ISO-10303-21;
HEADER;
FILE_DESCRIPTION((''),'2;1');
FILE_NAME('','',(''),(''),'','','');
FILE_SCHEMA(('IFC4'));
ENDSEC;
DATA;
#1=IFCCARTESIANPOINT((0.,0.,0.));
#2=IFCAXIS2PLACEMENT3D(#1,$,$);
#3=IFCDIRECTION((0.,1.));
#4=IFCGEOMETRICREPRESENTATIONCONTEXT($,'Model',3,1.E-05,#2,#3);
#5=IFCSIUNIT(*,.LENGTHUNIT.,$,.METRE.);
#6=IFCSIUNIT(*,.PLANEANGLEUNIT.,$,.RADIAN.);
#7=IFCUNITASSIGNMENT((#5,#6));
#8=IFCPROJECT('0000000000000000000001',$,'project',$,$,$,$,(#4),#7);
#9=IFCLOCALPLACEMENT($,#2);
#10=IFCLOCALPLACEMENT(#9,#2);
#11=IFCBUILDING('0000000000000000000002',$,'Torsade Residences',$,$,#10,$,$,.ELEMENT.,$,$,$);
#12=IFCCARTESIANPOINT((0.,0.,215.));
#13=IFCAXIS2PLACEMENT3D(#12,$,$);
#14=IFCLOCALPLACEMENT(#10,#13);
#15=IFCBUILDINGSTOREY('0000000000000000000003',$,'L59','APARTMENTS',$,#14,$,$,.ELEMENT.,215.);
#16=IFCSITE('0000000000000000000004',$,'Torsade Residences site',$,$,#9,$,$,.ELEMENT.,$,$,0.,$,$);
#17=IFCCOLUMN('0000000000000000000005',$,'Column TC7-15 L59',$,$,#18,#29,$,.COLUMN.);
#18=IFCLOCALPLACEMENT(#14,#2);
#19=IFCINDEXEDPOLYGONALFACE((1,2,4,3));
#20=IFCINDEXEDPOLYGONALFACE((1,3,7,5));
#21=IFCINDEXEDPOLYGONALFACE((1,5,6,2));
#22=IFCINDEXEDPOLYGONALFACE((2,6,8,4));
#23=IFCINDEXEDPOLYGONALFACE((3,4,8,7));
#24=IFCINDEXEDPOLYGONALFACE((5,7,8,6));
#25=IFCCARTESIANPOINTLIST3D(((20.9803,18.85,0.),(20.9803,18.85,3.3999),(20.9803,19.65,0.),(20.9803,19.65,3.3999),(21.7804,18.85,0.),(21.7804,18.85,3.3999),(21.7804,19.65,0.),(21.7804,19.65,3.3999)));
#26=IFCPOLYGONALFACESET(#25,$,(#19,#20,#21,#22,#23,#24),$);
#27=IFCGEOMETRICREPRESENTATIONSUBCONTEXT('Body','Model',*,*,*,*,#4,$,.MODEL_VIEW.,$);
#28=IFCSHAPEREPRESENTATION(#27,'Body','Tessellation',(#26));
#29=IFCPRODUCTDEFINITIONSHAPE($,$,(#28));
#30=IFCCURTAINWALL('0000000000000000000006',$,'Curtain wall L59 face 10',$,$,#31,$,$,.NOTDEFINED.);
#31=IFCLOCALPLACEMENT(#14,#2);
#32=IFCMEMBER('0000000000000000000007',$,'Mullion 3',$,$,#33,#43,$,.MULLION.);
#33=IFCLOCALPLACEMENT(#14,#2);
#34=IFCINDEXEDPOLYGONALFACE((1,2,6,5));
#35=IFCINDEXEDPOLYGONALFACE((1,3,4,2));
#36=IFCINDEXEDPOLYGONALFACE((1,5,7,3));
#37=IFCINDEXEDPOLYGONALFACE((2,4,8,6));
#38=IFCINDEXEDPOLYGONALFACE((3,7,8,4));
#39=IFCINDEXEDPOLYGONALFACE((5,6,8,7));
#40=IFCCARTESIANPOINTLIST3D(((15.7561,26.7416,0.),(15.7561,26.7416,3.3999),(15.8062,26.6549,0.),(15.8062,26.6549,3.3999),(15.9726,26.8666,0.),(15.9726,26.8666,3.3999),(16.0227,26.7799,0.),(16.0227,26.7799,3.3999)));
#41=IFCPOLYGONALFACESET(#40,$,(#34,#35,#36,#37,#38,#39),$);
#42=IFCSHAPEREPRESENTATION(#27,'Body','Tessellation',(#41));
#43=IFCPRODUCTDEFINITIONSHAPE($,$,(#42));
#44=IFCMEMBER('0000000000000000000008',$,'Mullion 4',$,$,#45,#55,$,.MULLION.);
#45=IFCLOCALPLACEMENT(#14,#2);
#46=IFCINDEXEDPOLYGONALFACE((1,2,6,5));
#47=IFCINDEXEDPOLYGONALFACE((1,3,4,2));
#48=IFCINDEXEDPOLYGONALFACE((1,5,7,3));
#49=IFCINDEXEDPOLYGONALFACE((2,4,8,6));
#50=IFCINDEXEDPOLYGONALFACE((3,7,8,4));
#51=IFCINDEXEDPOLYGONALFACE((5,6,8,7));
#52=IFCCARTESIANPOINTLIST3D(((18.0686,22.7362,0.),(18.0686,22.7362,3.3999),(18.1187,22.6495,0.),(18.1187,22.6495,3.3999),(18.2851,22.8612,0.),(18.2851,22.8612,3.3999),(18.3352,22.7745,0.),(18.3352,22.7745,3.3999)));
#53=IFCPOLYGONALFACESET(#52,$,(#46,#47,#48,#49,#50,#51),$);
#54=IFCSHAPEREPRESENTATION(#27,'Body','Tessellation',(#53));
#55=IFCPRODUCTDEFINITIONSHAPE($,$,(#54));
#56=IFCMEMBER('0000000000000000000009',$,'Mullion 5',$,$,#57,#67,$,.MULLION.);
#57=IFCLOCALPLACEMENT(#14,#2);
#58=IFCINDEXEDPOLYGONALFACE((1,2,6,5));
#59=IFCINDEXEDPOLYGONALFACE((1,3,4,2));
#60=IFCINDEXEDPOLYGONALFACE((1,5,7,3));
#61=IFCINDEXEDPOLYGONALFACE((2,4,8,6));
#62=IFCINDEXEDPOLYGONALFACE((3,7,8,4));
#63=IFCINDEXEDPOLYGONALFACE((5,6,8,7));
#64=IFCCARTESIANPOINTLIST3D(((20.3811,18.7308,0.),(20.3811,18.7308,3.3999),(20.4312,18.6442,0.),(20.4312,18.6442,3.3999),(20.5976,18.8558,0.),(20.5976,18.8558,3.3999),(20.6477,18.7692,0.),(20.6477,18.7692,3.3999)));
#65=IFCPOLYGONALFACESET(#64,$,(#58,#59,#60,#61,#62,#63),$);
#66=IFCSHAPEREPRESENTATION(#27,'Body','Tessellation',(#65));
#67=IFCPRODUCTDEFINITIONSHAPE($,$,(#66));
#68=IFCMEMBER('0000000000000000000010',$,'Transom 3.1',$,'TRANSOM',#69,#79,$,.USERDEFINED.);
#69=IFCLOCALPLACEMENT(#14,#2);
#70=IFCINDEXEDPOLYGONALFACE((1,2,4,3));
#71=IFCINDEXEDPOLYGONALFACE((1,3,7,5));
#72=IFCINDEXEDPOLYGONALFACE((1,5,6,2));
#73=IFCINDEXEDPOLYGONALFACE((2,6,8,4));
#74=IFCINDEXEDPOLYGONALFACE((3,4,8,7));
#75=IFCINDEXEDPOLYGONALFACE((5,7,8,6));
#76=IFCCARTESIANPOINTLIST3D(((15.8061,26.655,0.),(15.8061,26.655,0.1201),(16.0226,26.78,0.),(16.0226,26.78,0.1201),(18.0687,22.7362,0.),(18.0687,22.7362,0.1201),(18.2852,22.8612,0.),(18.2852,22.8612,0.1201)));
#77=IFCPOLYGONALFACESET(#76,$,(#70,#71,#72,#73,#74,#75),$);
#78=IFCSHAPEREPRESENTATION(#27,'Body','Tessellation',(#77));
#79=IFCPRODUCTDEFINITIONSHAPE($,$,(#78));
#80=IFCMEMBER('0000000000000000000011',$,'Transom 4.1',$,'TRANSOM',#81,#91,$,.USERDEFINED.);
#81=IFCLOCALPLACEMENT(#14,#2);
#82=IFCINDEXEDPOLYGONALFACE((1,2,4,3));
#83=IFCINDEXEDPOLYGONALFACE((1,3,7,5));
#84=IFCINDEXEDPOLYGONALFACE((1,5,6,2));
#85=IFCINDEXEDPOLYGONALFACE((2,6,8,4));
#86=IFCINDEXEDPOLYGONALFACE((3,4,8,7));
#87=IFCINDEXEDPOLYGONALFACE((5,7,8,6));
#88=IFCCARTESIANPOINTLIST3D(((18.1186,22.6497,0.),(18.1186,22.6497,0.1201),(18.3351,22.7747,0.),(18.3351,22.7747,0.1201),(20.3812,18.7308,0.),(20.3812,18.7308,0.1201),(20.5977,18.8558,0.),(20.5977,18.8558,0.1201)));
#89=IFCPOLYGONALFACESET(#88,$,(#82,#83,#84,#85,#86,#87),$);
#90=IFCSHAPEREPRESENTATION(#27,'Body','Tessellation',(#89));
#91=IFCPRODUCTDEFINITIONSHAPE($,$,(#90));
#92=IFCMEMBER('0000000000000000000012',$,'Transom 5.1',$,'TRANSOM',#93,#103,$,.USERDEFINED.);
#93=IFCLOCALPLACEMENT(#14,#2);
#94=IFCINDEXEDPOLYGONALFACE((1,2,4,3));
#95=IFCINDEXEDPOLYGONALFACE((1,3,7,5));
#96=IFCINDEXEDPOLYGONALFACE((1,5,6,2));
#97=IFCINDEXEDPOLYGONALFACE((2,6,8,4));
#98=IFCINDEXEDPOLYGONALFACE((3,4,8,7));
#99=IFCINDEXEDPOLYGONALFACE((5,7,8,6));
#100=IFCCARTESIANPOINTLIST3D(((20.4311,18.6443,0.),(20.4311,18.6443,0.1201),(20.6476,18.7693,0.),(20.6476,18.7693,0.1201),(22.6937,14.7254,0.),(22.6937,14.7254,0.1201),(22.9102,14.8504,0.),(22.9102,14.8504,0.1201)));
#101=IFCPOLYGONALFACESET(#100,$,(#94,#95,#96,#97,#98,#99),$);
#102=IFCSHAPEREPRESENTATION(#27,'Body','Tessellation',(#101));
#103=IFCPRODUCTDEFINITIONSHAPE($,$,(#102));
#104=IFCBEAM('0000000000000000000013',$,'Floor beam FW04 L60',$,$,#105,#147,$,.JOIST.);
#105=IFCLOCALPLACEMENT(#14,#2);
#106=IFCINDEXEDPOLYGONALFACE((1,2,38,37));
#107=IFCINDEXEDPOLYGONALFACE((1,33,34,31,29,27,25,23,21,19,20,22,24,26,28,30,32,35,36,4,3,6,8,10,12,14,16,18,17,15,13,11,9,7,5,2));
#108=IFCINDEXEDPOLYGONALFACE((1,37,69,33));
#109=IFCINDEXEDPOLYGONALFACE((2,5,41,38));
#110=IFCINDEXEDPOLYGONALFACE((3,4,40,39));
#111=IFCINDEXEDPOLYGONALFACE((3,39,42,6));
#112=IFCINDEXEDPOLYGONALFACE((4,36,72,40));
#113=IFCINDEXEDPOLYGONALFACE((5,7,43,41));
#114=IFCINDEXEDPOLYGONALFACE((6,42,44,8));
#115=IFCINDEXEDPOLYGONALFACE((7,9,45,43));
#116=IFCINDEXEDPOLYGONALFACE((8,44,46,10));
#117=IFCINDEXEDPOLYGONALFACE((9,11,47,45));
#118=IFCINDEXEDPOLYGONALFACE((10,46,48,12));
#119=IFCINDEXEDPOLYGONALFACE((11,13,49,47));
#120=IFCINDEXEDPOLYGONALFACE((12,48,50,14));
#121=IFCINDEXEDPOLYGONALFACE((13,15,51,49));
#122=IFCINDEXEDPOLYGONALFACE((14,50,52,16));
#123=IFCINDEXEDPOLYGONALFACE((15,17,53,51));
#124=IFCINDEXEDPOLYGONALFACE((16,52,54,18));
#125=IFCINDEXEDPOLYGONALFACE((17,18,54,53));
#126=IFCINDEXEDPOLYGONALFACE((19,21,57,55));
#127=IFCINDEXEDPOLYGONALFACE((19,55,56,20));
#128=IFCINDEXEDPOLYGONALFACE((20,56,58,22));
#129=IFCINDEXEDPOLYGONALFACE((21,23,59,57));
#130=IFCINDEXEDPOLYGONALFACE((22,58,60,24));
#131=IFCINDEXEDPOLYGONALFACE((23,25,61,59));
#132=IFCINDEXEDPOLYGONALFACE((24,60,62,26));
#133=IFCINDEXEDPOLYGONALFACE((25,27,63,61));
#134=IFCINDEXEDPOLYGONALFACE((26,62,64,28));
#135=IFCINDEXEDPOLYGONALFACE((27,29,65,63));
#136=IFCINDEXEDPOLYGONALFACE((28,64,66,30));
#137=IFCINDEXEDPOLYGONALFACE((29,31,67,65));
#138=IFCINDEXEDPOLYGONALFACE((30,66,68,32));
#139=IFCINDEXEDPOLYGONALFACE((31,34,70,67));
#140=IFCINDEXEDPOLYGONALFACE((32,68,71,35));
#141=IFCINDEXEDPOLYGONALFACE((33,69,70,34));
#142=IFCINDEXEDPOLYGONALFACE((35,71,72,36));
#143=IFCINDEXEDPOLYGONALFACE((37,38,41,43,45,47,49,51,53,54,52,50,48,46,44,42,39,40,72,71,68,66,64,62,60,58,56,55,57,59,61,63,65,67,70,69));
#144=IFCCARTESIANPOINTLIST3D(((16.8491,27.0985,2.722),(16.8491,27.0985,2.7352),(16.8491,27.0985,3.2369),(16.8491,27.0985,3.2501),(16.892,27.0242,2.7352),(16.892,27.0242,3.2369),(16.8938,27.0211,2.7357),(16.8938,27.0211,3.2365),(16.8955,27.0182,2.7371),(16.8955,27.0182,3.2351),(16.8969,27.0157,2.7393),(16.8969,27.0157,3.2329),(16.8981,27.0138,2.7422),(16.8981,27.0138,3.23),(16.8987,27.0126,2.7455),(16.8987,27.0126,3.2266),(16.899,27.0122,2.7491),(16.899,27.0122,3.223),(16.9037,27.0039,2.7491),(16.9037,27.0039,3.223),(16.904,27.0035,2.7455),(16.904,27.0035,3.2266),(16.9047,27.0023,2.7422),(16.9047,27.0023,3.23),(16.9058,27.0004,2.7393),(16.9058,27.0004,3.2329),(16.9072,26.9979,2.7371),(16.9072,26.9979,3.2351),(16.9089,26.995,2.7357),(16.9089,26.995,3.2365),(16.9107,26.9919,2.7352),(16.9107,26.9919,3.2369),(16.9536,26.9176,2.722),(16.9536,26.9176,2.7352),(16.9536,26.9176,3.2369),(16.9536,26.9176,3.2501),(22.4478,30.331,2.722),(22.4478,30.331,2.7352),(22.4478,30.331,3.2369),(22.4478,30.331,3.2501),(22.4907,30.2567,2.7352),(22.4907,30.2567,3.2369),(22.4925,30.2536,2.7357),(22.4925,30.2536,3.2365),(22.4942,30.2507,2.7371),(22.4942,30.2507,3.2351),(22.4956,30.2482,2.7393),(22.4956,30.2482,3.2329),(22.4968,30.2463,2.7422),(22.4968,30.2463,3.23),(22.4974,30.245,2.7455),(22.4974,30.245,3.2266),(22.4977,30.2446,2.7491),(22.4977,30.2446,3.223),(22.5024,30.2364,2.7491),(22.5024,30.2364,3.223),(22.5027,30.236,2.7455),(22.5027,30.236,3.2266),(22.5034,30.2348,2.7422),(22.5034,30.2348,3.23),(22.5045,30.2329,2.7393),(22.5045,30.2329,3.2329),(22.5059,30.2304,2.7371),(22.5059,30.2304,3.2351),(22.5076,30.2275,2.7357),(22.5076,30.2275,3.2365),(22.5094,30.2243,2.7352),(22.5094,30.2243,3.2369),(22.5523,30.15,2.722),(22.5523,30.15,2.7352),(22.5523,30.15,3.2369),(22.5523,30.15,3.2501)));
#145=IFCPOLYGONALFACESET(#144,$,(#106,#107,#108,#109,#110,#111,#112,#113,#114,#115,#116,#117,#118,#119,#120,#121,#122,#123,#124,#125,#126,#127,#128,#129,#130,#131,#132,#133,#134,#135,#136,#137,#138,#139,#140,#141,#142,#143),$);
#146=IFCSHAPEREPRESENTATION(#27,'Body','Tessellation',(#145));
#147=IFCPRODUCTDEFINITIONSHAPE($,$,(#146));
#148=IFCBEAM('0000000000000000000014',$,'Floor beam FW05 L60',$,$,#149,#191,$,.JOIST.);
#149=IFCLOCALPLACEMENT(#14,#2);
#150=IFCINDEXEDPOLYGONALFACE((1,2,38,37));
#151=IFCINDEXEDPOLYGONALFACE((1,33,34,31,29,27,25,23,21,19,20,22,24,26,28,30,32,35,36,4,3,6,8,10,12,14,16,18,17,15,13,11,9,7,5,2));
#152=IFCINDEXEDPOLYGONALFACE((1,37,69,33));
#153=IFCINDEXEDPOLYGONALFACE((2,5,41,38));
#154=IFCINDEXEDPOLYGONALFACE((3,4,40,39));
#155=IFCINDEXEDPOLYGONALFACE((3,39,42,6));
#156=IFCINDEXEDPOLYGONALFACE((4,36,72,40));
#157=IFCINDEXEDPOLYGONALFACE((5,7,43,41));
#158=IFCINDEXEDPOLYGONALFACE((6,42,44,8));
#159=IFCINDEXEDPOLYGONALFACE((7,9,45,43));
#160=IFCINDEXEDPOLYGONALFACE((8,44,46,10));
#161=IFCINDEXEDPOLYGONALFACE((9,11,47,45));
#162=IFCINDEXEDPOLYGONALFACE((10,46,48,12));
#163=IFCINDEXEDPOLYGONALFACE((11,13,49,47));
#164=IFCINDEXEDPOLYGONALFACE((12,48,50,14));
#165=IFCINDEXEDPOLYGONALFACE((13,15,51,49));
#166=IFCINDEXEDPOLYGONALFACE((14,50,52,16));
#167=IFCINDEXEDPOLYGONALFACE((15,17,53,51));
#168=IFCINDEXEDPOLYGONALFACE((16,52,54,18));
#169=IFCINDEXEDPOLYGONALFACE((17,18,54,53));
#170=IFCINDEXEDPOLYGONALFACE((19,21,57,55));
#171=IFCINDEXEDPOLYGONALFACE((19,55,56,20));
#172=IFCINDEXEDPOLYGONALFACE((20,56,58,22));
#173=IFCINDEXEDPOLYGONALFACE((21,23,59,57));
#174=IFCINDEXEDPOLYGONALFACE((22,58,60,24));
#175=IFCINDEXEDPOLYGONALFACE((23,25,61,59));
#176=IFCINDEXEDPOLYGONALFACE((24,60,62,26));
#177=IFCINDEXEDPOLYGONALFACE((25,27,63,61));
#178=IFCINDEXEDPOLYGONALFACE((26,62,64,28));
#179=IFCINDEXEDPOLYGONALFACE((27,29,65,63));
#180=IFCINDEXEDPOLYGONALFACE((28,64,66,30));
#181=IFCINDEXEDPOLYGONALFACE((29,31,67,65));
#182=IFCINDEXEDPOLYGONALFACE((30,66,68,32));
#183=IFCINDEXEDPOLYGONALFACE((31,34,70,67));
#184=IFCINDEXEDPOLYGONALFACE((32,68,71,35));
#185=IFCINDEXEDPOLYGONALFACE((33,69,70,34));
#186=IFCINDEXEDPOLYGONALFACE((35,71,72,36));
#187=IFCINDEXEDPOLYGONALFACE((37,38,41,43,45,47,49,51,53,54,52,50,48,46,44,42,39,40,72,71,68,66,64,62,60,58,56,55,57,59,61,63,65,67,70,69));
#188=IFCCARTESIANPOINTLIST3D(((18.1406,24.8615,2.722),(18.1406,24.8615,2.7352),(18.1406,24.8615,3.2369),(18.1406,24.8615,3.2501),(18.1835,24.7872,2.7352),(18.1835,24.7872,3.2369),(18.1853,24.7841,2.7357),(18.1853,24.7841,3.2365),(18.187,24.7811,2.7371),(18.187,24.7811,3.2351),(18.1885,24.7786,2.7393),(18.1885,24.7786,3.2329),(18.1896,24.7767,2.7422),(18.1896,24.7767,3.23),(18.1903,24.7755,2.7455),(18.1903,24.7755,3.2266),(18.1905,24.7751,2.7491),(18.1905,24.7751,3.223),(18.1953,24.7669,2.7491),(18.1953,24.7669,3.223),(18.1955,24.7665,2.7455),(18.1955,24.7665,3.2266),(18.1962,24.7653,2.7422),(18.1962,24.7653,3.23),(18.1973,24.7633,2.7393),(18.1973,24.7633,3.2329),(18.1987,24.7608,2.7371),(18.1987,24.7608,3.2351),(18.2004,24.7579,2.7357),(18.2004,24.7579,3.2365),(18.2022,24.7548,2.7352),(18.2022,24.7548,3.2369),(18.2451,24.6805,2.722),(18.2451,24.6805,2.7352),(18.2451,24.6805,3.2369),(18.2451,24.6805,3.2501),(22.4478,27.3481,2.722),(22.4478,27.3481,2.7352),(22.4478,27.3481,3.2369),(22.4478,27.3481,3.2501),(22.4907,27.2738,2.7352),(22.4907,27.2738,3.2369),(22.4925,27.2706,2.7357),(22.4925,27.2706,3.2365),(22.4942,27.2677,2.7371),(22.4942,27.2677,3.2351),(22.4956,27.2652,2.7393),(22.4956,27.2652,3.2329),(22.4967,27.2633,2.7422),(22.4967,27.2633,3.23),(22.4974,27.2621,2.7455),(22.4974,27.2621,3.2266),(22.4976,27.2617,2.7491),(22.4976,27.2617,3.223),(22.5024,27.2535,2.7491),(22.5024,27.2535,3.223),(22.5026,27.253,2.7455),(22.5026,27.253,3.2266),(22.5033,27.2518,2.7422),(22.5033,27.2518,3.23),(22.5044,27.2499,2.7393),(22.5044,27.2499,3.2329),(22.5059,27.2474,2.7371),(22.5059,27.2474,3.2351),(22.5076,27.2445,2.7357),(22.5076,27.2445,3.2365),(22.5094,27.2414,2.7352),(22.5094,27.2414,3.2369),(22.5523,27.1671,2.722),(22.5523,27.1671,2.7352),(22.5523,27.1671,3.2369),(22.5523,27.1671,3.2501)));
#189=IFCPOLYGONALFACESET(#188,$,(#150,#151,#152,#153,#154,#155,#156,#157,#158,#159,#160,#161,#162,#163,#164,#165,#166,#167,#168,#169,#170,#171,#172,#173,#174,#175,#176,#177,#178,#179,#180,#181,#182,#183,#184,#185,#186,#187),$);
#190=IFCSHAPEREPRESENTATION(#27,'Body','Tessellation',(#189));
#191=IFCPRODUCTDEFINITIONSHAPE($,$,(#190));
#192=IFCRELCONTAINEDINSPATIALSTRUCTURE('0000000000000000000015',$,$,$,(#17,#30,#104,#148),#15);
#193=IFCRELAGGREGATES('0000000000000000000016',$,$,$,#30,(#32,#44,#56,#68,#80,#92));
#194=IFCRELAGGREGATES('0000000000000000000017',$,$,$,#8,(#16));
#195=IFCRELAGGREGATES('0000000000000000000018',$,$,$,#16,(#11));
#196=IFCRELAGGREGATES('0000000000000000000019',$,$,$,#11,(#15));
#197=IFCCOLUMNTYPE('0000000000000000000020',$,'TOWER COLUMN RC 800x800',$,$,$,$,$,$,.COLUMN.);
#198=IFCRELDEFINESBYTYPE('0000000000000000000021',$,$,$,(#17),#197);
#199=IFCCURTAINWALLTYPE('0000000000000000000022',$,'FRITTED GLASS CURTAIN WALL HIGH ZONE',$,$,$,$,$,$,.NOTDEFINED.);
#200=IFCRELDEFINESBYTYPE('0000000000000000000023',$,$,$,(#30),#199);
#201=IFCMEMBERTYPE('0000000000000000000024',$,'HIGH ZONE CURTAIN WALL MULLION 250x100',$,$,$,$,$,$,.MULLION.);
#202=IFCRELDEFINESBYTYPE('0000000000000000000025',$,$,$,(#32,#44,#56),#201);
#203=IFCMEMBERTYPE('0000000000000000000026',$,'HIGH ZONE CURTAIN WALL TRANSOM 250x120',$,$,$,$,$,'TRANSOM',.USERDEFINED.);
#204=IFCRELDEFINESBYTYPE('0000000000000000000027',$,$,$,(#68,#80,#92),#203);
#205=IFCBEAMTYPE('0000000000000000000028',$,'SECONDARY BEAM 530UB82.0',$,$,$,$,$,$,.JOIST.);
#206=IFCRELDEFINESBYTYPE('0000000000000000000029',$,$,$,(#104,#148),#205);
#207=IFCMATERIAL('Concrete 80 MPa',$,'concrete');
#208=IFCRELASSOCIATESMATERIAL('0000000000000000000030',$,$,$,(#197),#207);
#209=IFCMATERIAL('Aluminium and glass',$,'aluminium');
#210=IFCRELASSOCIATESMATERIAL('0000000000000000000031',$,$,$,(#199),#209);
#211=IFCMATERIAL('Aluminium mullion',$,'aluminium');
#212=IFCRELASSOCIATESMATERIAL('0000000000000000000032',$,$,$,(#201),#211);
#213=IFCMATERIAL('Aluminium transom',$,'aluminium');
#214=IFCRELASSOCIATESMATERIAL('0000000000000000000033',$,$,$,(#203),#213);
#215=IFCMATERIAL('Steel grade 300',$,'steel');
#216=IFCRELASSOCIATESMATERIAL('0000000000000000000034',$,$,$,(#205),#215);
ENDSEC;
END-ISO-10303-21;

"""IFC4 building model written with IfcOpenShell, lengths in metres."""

from ifc_helpers import new_model, si_unit, direction, frame, origin, origin_2d, place, context, subcontext, project, spatial, rectangle, i_section, extrude, material, material_profile, profile_set, type_object, element, aggregate, save


model = new_model("IFC4")

# Units and contexts
model_context = context("Model", 3, precision=1e-05, world=origin(), true_north=direction((0.0, 1.0)))
body_context = subcontext(model_context, "Body", "Model", "MODEL_VIEW")
ifc_project = project(units=[si_unit("LENGTHUNIT", "METRE"), si_unit("PLANEANGLEUNIT", "RADIAN")], contexts=[model_context])

# Site, building, storey
site_placement = place(None, origin())
site = spatial("IfcSite", under=ifc_project, at=site_placement, Name="Torsade Residences site", CompositionType="ELEMENT", RefElevation=0.0)
building_placement = place(site_placement, origin())
building = spatial("IfcBuilding", under=site, at=building_placement, Name="Torsade Residences", CompositionType="ELEMENT")
storey_placement = place(building_placement, frame((0.0, 0.0, 215.0)))
storey = spatial("IfcBuildingStorey", under=building, at=storey_placement, Name="L59", Description="APARTMENTS", CompositionType="ELEMENT", Elevation=215.0)

# Column
ifc_material_1 = material(Name="Concrete 80 MPa", Category="concrete")
ifc_material_profile_1 = material_profile(ifc_material_1, rectangle(XDim=0.8, YDim=0.8, at=origin_2d()), Name="RC 800x800")
ifc_profile_set_1 = profile_set([ifc_material_profile_1], Name="Concrete 80 MPa")
column_type = type_object("IfcColumnType", Name="TOWER COLUMN RC 800x800", PredefinedType="COLUMN", material=ifc_profile_set_1)
column_placement = place(storey_placement, frame((21.3804, 19.25, 0.0), z_axis=(0.0, 0.0, 1.0), x_axis=(1.0, 0.0, 0.0)))
element("IfcColumn", 1, at=column_placement, inside=storey, type_object=column_type, Name="Column TC7-15 L59", PredefinedType="COLUMN", context=body_context, shape_type="SweptSolid", body=[
    extrude(rectangle(XDim=0.8, YDim=0.8, at=origin_2d()), origin(), (0.0, 0.0, 1.0), 3.3999),
])

# Curtain wall, members
ifc_material_2 = material(Name="Aluminium and glass", Category="aluminium")
curtain_wall_type = type_object("IfcCurtainWallType", Name="FRITTED GLASS CURTAIN WALL HIGH ZONE", PredefinedType="NOTDEFINED", material=ifc_material_2)
curtain_wall_placement = place(storey_placement, origin())
curtain_wall = element("IfcCurtainWall", 2, at=curtain_wall_placement, inside=storey, type_object=curtain_wall_type, Name="Curtain wall L59 face 10", PredefinedType="NOTDEFINED")
ifc_material_3 = material(Name="Aluminium mullion", Category="aluminium")
ifc_material_profile_2 = material_profile(ifc_material_3, rectangle(XDim=0.25, YDim=0.1001, at=origin_2d()), Name="HIGH ZONE CURTAIN WALL MULLION 250x100")
ifc_profile_set_2 = profile_set([ifc_material_profile_2], Name="Aluminium mullion")
member_type_1 = type_object("IfcMemberType", Name="HIGH ZONE CURTAIN WALL MULLION 250x100", PredefinedType="MULLION", material=ifc_profile_set_2)
member_1_placement = place(storey_placement, frame((15.8894, 26.7607, 0.0), z_axis=(0.0, 0.0, 1.0), x_axis=(0.866025, 0.5, 0.0)))
member_1 = element("IfcMember", 3, at=member_1_placement, type_object=member_type_1, Name="Mullion 3", PredefinedType="MULLION", context=body_context, shape_type="SweptSolid", body=[
    extrude(rectangle(XDim=0.25, YDim=0.1001, at=origin_2d()), origin(), (0.0, 0.0, 1.0), 3.3999),
])
member_2_placement = place(storey_placement, frame((18.2019, 22.7554, 0.0), z_axis=(0.0, 0.0, 1.0), x_axis=(0.866025, 0.5, 0.0)))
member_2 = element("IfcMember", 4, at=member_2_placement, type_object=member_type_1, Name="Mullion 4", PredefinedType="MULLION", context=body_context, shape_type="SweptSolid", body=[
    extrude(rectangle(XDim=0.25, YDim=0.1001, at=origin_2d()), origin(), (0.0, 0.0, 1.0), 3.3999),
])
member_3_placement = place(storey_placement, frame((20.5144, 18.75, 0.0), z_axis=(0.0, 0.0, 1.0), x_axis=(0.866025, 0.5, 0.0)))
member_3 = element("IfcMember", 5, at=member_3_placement, type_object=member_type_1, Name="Mullion 5", PredefinedType="MULLION", context=body_context, shape_type="SweptSolid", body=[
    extrude(rectangle(XDim=0.25, YDim=0.1001, at=origin_2d()), origin(), (0.0, 0.0, 1.0), 3.3999),
])
ifc_material_4 = material(Name="Aluminium transom", Category="aluminium")
ifc_material_profile_3 = material_profile(ifc_material_4, rectangle(XDim=0.25, YDim=0.1201, at=origin_2d()), Name="HIGH ZONE CURTAIN WALL TRANSOM 250x120")
ifc_profile_set_3 = profile_set([ifc_material_profile_3], Name="Aluminium transom")
member_type_2 = type_object("IfcMemberType", Name="HIGH ZONE CURTAIN WALL TRANSOM 250x120", ElementType="TRANSOM", PredefinedType="USERDEFINED", material=ifc_profile_set_3)
member_4_placement = place(storey_placement, frame((15.9143, 26.7175, 0.0601), z_axis=(0.500015, -0.866017, 0.0), x_axis=(0.866017, 0.500015, 0.0)))
member_4 = element("IfcMember", 6, at=member_4_placement, type_object=member_type_2, Name="Transom 3.1", ObjectType="TRANSOM", PredefinedType="USERDEFINED", context=body_context, shape_type="SweptSolid", body=[
    extrude(rectangle(XDim=0.25, YDim=0.1201, at=origin_2d()), origin(), (0.0, 0.0, 1.0), 4.5251),
])
member_5_placement = place(storey_placement, frame((18.2268, 22.7122, 0.0601), z_axis=(0.500015, -0.866017, 0.0), x_axis=(0.866017, 0.500015, 0.0)))
member_5 = element("IfcMember", 7, at=member_5_placement, type_object=member_type_2, Name="Transom 4.1", ObjectType="TRANSOM", PredefinedType="USERDEFINED", context=body_context, shape_type="SweptSolid", body=[
    extrude(rectangle(XDim=0.25, YDim=0.1201, at=origin_2d()), origin(), (0.0, 0.0, 1.0), 4.5251),
])
member_6_placement = place(storey_placement, frame((20.5393, 18.7068, 0.0601), z_axis=(0.500015, -0.866017, 0.0), x_axis=(0.866017, 0.500015, 0.0)))
member_6 = element("IfcMember", 8, at=member_6_placement, type_object=member_type_2, Name="Transom 5.1", ObjectType="TRANSOM", PredefinedType="USERDEFINED", context=body_context, shape_type="SweptSolid", body=[
    extrude(rectangle(XDim=0.25, YDim=0.1201, at=origin_2d()), origin(), (0.0, 0.0, 1.0), 4.5251),
])

# Beams
ifc_material_5 = material(Name="Steel grade 300", Category="steel")
ifc_material_profile_4 = material_profile(ifc_material_5, i_section(OverallWidth=0.209, OverallDepth=0.5281, WebThickness=0.0095, FlangeThickness=0.0132, FilletRadius=0.0139, at=origin_2d()), Name="530UB82.0")
ifc_profile_set_4 = profile_set([ifc_material_profile_4], Name="Steel grade 300")
beam_type = type_object("IfcBeamType", Name="SECONDARY BEAM 530UB82.0", PredefinedType="JOIST", material=ifc_profile_set_4)
beam_1_placement = place(storey_placement, frame((16.9014, 27.0081, 2.9861), z_axis=(0.866022, 0.500006, 0.0), x_axis=(-0.500006, 0.866022, 0.0)))
element("IfcBeam", 9, at=beam_1_placement, inside=storey, type_object=beam_type, Name="Floor beam FW04 L60", PredefinedType="JOIST", context=body_context, shape_type="SweptSolid", body=[
    extrude(i_section(OverallWidth=0.209, OverallDepth=0.5281, WebThickness=0.0095, FlangeThickness=0.0132, FilletRadius=0.0139, at=origin_2d()), origin(), (0.0, 0.0, 1.0), 6.4648),
])
beam_2_placement = place(storey_placement, frame((18.1929, 24.771, 2.9861), z_axis=(0.866038, 0.499977, 0.0), x_axis=(-0.499977, 0.866038, 0.0)))
element("IfcBeam", 10, at=beam_2_placement, inside=storey, type_object=beam_type, Name="Floor beam FW05 L60", PredefinedType="JOIST", context=body_context, shape_type="SweptSolid", body=[
    extrude(i_section(OverallWidth=0.209, OverallDepth=0.5281, WebThickness=0.0095, FlangeThickness=0.0132, FilletRadius=0.0139, at=origin_2d()), origin(), (0.0, 0.0, 1.0), 4.9734),
])

aggregate(curtain_wall, [member_1, member_2, member_3, member_4, member_5, member_6])

save(model, "model.ifc")
